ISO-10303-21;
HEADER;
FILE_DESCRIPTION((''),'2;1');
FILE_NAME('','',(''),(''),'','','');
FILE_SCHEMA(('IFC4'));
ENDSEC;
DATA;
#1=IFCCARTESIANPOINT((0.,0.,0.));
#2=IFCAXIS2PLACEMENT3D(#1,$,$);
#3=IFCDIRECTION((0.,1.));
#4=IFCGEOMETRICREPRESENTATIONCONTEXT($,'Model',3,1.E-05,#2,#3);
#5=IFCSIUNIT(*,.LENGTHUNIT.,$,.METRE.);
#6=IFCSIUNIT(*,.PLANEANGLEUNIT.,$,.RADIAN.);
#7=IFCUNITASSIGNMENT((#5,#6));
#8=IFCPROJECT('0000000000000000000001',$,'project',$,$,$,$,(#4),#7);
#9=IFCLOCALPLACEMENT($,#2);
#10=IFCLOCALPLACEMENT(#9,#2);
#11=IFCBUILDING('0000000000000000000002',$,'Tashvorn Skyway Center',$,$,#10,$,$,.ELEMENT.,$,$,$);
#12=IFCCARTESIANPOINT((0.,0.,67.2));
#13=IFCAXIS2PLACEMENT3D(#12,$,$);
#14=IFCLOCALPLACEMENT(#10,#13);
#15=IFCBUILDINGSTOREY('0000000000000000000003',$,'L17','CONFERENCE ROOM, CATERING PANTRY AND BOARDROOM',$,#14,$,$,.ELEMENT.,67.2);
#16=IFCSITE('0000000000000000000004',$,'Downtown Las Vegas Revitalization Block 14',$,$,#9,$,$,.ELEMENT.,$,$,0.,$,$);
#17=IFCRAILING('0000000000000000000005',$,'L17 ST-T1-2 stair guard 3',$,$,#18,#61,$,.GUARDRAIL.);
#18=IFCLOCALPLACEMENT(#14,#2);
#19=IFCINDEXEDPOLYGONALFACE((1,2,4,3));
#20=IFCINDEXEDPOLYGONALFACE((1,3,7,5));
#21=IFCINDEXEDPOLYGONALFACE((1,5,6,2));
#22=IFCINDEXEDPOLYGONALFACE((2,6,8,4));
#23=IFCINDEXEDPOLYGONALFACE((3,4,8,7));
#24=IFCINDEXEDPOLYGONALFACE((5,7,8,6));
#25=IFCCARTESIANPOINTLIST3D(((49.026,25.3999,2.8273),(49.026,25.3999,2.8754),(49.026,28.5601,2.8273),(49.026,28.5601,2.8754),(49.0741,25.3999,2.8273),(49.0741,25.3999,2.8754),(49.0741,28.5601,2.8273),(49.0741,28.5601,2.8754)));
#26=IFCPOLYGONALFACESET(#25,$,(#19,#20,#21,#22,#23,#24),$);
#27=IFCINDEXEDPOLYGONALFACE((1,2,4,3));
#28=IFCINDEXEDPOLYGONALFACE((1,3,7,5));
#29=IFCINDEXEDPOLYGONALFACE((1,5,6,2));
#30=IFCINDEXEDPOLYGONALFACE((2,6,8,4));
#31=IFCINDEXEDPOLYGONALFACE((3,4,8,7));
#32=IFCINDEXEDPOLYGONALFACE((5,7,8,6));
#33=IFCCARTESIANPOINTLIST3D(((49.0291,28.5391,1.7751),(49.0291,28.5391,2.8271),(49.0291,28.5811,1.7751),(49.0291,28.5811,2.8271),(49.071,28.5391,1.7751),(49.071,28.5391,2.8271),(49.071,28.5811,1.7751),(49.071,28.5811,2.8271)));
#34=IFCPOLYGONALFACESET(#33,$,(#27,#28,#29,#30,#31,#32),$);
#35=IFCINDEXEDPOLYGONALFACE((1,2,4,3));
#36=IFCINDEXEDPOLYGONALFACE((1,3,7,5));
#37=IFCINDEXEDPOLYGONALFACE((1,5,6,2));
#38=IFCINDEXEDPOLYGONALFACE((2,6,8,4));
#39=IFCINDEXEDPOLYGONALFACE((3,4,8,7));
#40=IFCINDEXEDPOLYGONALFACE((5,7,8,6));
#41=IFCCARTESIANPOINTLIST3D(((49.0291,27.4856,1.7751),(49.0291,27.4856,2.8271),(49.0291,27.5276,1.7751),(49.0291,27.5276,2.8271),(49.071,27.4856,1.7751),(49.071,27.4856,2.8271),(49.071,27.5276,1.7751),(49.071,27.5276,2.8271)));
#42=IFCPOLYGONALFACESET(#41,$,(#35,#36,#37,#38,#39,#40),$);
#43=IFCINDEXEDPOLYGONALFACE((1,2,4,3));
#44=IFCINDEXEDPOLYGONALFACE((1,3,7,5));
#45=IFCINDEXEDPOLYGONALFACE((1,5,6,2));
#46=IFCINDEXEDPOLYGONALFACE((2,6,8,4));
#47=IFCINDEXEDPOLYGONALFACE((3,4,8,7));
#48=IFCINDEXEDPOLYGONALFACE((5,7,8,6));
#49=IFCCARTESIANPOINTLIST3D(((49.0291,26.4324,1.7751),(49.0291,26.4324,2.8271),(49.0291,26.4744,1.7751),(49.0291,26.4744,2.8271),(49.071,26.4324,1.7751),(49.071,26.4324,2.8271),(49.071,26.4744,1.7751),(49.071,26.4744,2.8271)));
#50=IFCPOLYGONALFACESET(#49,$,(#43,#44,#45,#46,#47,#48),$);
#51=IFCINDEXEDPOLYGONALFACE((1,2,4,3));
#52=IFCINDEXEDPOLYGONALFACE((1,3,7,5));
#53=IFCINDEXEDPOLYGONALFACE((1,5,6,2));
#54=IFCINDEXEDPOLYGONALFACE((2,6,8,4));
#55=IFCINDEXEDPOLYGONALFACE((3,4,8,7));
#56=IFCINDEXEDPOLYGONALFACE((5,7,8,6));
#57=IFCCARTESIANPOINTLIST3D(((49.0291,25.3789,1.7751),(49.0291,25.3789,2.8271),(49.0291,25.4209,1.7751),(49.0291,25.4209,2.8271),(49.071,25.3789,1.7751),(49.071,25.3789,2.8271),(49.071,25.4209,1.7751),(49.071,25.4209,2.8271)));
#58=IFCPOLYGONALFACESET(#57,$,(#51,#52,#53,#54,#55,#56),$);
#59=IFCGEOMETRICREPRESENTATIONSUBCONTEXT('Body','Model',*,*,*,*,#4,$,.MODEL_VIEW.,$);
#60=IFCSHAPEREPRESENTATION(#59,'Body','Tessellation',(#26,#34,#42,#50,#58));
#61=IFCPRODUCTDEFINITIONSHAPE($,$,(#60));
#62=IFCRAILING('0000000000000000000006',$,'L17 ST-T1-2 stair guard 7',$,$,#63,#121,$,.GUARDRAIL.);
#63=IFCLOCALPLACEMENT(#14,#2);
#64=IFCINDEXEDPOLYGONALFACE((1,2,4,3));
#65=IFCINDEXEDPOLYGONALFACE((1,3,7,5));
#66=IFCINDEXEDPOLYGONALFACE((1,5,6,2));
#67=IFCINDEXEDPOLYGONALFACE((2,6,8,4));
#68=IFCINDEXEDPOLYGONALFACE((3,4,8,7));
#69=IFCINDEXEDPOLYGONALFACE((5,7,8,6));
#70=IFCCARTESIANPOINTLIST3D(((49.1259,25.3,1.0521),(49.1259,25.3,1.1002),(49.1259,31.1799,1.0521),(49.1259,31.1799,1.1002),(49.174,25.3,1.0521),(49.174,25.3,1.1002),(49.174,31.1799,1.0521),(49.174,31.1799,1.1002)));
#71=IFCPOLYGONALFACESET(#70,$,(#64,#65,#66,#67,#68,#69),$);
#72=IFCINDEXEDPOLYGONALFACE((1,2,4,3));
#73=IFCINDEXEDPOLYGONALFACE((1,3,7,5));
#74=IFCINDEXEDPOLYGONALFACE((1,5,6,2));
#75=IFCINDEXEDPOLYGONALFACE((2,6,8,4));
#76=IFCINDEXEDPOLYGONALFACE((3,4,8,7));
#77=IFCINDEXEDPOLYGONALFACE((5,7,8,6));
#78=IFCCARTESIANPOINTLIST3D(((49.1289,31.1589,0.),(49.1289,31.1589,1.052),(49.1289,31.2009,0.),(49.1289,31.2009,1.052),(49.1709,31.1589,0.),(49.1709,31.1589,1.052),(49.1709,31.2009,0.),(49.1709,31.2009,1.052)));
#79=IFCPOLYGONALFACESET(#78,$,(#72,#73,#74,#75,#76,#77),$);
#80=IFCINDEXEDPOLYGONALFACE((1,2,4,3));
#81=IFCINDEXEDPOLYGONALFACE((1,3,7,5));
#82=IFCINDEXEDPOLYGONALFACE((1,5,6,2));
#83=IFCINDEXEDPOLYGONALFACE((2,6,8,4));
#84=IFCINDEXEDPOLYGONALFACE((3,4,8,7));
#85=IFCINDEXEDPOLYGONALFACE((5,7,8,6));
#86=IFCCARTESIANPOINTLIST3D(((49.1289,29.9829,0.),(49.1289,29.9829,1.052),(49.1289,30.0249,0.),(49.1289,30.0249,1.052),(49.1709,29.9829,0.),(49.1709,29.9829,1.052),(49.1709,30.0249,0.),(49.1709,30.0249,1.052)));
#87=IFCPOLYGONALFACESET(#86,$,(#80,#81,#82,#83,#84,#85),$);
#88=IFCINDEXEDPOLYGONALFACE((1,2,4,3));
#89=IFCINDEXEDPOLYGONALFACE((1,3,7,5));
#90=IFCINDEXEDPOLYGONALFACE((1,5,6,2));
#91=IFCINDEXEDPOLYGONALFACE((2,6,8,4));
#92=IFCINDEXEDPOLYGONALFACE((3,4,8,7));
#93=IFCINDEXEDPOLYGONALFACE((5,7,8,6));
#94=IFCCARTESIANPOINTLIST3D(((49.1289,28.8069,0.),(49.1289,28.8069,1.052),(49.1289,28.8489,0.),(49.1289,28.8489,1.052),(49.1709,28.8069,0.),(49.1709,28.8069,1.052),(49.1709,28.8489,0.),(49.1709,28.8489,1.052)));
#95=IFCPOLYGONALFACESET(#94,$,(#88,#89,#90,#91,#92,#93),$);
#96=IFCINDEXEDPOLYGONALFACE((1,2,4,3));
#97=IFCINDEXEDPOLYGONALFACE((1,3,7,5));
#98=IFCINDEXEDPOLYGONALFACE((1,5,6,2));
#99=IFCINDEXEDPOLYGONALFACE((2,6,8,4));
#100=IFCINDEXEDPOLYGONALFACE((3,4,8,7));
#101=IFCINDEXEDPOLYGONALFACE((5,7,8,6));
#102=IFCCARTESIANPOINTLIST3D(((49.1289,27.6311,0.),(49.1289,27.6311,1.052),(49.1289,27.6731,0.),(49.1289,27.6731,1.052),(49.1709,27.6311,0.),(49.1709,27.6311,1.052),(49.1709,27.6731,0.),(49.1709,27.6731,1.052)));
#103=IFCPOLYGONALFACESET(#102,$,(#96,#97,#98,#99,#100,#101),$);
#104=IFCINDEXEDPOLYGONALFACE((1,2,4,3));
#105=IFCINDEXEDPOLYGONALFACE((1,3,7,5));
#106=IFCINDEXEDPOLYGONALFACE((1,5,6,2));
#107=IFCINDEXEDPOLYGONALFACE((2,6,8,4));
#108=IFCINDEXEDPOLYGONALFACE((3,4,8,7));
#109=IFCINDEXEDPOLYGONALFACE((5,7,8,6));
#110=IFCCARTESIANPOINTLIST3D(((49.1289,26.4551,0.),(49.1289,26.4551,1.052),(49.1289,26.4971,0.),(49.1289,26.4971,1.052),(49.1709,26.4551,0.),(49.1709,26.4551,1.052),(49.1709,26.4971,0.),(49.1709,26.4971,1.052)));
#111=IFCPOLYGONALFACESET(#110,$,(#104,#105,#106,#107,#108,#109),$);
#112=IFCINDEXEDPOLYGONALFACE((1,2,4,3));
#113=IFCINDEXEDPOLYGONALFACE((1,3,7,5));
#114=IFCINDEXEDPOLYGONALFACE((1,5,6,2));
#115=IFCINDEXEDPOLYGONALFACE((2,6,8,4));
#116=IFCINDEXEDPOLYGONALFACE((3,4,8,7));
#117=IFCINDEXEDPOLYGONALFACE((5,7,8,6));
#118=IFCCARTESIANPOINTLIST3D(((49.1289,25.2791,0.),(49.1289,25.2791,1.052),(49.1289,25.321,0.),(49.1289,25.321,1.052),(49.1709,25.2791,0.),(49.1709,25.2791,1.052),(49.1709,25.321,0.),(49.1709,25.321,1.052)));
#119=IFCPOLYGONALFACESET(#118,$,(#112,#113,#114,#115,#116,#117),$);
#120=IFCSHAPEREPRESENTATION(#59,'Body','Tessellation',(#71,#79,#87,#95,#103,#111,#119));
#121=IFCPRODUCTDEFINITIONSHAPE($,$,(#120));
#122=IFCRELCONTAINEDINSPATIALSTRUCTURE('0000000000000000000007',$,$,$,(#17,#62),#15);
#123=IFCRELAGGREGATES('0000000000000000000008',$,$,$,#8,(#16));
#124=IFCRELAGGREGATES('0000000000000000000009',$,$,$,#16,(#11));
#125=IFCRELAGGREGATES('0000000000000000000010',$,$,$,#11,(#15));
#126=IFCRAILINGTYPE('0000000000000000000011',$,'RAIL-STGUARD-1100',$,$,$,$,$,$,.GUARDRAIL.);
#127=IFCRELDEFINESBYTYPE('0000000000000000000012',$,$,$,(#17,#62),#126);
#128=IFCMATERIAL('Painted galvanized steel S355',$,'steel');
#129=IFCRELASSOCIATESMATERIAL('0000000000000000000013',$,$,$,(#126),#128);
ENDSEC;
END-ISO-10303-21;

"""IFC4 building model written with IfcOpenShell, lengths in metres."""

from ifc_helpers import new_model, si_unit, direction, frame, origin, origin_2d, place, context, subcontext, project, spatial, rectangle, extrude, material, type_object, element, save


model = new_model("IFC4")

# Units and contexts
model_context = context("Model", 3, precision=1e-05, world=origin(), true_north=direction((0.0, 1.0)))
body_context = subcontext(model_context, "Body", "Model", "MODEL_VIEW")
ifc_project = project(units=[si_unit("LENGTHUNIT", "METRE"), si_unit("PLANEANGLEUNIT", "RADIAN")], contexts=[model_context])

# Site, building, storey
site_placement = place(None, origin())
site = spatial("IfcSite", under=ifc_project, at=site_placement, Name="Downtown Las Vegas Revitalization Block 14", CompositionType="ELEMENT", RefElevation=0.0)
building_placement = place(site_placement, origin())
building = spatial("IfcBuilding", under=site, at=building_placement, Name="Tashvorn Skyway Center", CompositionType="ELEMENT")
storey_placement = place(building_placement, frame((0.0, 0.0, 67.2)))
storey = spatial("IfcBuildingStorey", under=building, at=storey_placement, Name="L17", Description="CONFERENCE ROOM, CATERING PANTRY AND BOARDROOM", CompositionType="ELEMENT", Elevation=67.2)

# Railings
ifc_material_1 = material(Name="Painted galvanized steel S355", Category="steel")
railing_type_1 = type_object("IfcRailingType", Name="RAIL-STGUARD-1100", PredefinedType="GUARDRAIL", material=ifc_material_1)
railing_1_placement = place(storey_placement, frame((49.05, 28.5601, 1.7751)))
element("IfcRailing", 1, at=railing_1_placement, inside=storey, type_object=railing_type_1, Name="L17 ST-T1-2 stair guard 3", PredefinedType="GUARDRAIL", context=body_context, shape_type="SweptSolid", body=[
    extrude(rectangle(XDim=0.0481, YDim=0.0481, at=origin_2d()), frame((0.0, 0.0, 1.0762), z_axis=(0.0, -1.0, 0.0), x_axis=(1.0, 0.0, 0.0)), (0.0, 0.0, 1.0), 3.1602),
    extrude(rectangle(XDim=0.042, YDim=0.042, at=origin_2d()), origin(), (0.0, 0.0, 1.0), 1.052),
    extrude(rectangle(XDim=0.042, YDim=0.042, at=origin_2d()), frame((0.0, -1.0535, 0.0)), (0.0, 0.0, 1.0), 1.052),
    extrude(rectangle(XDim=0.042, YDim=0.042, at=origin_2d()), frame((0.0, -2.1067, 0.0)), (0.0, 0.0, 1.0), 1.052),
    extrude(rectangle(XDim=0.042, YDim=0.042, at=origin_2d()), frame((0.0, -3.1602, 0.0)), (0.0, 0.0, 1.0), 1.052),
])
railing_2_placement = place(storey_placement, frame((49.1499, 31.1799, 0.0)))
element("IfcRailing", 2, at=railing_2_placement, inside=storey, type_object=railing_type_1, Name="L17 ST-T1-2 stair guard 7", PredefinedType="GUARDRAIL", context=body_context, shape_type="SweptSolid", body=[
    extrude(rectangle(XDim=0.0481, YDim=0.0481, at=origin_2d()), frame((0.0, 0.0, 1.0762), z_axis=(0.0, -1.0, 0.0), x_axis=(1.0, 0.0, 0.0)), (0.0, 0.0, 1.0), 5.8799),
    extrude(rectangle(XDim=0.042, YDim=0.042, at=origin_2d()), origin(), (0.0, 0.0, 1.0), 1.052),
    extrude(rectangle(XDim=0.042, YDim=0.042, at=origin_2d()), frame((0.0, -1.176, 0.0)), (0.0, 0.0, 1.0), 1.052),
    extrude(rectangle(XDim=0.042, YDim=0.042, at=origin_2d()), frame((0.0, -2.3521, 0.0)), (0.0, 0.0, 1.0), 1.052),
    extrude(rectangle(XDim=0.042, YDim=0.042, at=origin_2d()), frame((0.0, -3.5278, 0.0)), (0.0, 0.0, 1.0), 1.052),
    extrude(rectangle(XDim=0.042, YDim=0.042, at=origin_2d()), frame((0.0, -4.7039, 0.0)), (0.0, 0.0, 1.0), 1.052),
    extrude(rectangle(XDim=0.042, YDim=0.042, at=origin_2d()), frame((0.0, -5.8799, 0.0)), (0.0, 0.0, 1.0), 1.052),
])

save(model, "model.ifc")
